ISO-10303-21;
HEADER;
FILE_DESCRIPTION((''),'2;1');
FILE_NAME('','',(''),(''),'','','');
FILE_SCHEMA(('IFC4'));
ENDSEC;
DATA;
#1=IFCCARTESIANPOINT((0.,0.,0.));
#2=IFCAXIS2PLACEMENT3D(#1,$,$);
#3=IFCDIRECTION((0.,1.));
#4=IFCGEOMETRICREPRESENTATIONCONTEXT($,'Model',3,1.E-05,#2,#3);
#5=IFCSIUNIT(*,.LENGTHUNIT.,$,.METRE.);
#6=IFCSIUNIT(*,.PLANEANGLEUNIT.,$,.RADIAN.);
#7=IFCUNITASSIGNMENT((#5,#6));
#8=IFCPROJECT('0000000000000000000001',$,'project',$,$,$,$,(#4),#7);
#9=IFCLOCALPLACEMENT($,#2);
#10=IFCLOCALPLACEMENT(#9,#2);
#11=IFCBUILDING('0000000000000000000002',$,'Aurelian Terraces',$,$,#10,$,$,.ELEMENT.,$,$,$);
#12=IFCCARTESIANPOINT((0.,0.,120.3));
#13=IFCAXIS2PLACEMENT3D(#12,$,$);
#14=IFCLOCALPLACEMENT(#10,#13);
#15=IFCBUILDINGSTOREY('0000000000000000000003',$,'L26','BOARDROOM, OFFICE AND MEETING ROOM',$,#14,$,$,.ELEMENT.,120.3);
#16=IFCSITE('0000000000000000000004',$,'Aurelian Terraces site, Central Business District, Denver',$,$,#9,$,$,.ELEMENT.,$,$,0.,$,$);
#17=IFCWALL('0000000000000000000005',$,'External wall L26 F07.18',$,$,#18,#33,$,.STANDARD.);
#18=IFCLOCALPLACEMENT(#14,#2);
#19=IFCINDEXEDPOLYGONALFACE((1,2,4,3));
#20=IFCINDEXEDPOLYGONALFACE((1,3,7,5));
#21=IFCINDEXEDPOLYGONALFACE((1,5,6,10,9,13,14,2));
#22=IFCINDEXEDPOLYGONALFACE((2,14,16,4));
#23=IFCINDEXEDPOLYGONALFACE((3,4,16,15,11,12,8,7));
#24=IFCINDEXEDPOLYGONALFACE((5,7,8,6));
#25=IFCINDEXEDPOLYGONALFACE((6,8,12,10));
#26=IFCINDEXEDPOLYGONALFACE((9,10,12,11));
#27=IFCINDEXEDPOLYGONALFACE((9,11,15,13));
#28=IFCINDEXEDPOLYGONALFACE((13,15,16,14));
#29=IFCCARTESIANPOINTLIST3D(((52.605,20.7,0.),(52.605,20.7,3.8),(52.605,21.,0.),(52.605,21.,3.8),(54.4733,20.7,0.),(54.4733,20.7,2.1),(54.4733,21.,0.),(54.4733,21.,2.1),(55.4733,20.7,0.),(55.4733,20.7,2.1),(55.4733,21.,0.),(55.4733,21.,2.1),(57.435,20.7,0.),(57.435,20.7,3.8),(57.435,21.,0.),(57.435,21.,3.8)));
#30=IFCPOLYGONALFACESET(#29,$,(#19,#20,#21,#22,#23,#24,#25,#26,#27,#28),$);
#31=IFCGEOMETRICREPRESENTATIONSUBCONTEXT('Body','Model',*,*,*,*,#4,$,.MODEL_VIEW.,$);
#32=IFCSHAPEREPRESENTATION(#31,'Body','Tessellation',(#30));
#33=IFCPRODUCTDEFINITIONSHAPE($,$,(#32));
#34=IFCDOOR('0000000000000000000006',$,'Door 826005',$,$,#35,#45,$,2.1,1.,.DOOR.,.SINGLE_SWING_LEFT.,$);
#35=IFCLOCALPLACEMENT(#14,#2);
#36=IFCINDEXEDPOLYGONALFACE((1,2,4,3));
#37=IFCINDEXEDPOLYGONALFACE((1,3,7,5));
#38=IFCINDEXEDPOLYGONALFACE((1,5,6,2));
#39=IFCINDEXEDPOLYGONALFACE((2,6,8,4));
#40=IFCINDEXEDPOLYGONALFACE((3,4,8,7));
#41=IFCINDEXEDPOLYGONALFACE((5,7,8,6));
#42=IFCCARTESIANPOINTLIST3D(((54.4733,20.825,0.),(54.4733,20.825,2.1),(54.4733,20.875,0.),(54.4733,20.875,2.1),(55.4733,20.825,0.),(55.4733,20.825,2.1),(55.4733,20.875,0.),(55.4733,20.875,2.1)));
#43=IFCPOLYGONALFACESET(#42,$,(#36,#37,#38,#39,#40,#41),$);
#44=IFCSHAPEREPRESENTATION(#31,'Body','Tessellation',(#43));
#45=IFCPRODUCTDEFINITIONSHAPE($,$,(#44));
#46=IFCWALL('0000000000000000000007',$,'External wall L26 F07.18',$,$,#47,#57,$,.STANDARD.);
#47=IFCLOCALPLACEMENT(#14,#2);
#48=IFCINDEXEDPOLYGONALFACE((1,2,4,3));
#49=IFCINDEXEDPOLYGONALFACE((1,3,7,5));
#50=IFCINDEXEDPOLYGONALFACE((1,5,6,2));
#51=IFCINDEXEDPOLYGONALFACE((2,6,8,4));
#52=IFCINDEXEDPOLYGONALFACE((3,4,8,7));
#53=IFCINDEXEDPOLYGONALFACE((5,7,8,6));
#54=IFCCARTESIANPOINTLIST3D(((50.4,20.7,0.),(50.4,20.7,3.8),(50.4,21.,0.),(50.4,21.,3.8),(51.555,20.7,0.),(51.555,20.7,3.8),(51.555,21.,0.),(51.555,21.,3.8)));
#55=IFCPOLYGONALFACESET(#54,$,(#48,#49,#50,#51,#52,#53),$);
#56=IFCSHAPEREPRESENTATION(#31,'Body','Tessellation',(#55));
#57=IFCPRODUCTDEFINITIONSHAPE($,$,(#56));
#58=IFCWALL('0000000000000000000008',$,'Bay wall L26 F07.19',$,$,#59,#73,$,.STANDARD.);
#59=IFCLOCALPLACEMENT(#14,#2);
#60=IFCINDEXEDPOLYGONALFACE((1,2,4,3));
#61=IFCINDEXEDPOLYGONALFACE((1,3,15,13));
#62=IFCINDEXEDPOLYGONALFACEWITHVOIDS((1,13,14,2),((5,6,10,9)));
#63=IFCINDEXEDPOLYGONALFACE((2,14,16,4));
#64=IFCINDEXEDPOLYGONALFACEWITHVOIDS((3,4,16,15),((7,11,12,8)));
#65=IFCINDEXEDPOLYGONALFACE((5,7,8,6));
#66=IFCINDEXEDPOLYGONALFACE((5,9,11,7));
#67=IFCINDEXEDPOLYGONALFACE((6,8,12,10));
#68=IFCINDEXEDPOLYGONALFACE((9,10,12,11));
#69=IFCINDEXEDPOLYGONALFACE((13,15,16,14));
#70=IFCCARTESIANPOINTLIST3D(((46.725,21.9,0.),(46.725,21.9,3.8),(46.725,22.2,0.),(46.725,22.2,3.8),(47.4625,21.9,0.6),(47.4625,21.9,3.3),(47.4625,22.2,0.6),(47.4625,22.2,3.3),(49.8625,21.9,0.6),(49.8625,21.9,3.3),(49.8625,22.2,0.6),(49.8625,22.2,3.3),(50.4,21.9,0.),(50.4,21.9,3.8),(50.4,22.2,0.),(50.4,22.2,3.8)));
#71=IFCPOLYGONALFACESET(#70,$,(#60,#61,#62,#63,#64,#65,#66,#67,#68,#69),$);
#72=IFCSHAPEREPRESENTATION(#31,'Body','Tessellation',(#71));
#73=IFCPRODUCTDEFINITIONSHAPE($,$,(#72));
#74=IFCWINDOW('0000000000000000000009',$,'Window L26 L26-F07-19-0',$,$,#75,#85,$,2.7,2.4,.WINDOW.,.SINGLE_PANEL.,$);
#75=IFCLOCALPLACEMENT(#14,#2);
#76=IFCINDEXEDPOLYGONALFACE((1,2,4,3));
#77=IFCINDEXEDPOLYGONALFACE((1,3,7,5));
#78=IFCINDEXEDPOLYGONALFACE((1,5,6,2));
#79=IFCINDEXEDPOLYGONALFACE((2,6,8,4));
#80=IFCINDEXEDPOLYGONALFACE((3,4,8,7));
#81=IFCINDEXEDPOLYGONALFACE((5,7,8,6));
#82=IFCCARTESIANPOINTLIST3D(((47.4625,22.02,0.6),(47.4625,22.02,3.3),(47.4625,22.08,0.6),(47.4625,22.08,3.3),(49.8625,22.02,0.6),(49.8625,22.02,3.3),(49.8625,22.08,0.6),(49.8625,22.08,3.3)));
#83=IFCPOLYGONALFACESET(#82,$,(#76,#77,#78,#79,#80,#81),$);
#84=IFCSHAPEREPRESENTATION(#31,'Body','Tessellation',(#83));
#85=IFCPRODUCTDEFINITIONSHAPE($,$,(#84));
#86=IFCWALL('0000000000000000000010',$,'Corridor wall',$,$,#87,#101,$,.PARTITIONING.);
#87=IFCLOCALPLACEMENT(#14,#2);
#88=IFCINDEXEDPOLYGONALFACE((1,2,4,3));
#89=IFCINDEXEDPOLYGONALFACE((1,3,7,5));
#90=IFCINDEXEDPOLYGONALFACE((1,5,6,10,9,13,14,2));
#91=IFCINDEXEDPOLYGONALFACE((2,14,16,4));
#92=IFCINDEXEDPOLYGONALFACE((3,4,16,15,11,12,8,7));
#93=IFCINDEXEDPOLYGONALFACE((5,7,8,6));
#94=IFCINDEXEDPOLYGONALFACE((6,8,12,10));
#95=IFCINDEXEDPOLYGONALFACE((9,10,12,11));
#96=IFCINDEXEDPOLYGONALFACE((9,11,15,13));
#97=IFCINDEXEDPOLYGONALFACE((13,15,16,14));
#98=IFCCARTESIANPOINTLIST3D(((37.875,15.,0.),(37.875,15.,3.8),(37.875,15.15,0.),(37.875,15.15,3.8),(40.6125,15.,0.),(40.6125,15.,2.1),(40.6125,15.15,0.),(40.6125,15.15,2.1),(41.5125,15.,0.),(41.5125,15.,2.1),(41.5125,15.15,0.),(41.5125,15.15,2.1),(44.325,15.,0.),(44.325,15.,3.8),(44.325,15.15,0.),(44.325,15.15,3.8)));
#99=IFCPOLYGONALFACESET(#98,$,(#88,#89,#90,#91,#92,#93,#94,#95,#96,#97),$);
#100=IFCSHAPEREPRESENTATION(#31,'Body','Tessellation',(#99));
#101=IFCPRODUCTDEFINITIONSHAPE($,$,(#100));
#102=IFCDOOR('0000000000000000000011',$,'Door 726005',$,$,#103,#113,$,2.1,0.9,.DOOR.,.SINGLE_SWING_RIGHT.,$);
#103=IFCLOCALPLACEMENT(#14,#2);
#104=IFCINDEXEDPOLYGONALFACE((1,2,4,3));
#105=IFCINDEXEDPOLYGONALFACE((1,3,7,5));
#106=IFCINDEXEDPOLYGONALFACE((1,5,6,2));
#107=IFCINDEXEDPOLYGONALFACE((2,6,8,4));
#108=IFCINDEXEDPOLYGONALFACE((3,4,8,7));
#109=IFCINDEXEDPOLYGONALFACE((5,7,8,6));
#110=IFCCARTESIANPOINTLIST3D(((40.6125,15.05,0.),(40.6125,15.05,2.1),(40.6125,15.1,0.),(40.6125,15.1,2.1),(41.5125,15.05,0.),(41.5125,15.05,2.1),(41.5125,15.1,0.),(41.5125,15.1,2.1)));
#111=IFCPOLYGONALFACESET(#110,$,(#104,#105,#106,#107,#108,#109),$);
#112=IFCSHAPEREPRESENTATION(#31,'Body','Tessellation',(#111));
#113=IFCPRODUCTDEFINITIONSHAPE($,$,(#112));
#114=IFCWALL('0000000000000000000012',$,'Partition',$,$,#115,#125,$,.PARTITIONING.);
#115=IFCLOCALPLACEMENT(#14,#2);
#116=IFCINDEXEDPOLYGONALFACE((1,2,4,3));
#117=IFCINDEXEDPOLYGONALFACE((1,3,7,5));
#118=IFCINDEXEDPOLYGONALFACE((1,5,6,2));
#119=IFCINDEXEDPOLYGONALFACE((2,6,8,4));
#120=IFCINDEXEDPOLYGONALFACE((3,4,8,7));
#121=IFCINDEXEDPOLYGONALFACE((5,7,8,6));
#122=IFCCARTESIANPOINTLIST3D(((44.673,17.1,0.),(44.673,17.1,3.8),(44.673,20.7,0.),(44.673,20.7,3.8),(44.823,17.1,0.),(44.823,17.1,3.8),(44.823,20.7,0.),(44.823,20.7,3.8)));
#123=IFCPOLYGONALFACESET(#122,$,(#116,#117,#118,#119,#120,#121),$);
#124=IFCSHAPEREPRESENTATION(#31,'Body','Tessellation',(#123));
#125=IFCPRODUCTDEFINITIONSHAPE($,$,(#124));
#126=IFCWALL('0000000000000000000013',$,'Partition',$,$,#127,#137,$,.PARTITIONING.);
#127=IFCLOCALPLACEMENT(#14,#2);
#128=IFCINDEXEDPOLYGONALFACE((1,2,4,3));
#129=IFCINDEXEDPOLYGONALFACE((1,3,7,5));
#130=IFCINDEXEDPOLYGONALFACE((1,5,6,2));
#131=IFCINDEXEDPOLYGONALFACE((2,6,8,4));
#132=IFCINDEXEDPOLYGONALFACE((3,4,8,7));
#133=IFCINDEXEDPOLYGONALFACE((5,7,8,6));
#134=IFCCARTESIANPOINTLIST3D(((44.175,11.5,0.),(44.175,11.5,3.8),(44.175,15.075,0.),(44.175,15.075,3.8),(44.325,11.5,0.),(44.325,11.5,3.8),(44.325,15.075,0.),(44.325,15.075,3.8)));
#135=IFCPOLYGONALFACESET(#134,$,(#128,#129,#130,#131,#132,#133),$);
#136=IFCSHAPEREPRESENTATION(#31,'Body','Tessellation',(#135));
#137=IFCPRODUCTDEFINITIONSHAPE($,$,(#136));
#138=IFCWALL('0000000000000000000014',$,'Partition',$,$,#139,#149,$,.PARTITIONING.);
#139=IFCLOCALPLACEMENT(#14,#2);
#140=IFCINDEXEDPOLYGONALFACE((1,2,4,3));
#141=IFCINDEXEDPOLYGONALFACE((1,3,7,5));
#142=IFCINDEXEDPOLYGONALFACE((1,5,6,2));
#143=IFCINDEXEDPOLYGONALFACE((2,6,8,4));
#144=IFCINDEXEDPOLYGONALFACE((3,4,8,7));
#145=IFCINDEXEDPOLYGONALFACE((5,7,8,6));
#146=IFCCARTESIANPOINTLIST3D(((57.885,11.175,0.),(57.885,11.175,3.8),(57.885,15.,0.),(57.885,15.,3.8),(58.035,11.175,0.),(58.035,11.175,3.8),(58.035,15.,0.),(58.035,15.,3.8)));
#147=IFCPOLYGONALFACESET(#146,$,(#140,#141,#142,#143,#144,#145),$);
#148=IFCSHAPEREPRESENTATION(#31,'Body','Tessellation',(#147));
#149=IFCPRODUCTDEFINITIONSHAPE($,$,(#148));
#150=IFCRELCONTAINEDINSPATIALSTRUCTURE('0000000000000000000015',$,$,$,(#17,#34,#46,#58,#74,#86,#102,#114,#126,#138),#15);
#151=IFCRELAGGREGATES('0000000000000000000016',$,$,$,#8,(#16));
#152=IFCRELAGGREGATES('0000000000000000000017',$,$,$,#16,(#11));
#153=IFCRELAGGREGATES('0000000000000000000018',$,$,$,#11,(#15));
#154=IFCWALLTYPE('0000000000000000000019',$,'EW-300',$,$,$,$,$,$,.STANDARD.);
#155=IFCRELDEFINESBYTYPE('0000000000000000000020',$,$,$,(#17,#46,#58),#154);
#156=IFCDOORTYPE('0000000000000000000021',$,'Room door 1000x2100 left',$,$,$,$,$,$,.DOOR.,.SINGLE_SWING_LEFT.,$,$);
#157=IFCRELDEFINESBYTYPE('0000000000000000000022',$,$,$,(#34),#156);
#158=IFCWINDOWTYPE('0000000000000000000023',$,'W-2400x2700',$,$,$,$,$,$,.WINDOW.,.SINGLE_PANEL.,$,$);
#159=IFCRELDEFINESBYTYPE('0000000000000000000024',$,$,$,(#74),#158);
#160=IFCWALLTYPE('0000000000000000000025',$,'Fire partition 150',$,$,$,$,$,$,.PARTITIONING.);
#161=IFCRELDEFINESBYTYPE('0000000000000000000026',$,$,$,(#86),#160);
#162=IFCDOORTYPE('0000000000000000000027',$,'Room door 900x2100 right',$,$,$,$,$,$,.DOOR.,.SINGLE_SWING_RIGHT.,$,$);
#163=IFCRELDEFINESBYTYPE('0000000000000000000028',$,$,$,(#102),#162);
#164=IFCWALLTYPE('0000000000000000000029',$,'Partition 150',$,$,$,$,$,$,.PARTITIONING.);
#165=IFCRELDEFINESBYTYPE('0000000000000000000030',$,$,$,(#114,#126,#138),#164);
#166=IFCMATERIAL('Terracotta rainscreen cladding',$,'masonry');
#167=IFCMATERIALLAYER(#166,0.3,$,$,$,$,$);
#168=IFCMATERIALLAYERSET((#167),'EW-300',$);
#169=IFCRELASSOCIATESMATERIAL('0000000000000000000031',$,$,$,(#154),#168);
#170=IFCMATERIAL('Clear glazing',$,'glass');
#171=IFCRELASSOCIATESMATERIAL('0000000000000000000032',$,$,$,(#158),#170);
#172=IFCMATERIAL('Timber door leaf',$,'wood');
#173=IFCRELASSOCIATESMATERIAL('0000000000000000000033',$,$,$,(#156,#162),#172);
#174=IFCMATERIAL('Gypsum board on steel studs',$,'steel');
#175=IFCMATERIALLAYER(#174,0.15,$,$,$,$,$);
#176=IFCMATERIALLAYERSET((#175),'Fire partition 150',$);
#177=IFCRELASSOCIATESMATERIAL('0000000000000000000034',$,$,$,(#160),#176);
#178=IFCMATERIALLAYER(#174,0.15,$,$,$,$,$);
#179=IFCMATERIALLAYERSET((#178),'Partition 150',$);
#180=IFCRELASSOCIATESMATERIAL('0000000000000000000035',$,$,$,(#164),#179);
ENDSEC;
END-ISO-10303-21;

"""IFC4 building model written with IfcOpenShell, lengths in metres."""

from ifc_helpers import new_model, si_unit, direction, frame, frame_2d, origin, place, context, subcontext, project, spatial, rectangle, extrude, source, transform, mapped, material, layer, layer_set, type_object, element, fill, save


model = new_model("IFC4")

# Units and contexts
model_context = context("Model", 3, precision=1e-05, world=origin(), true_north=direction((0.0, 1.0)))
body_context = subcontext(model_context, "Body", "Model", "MODEL_VIEW")
ifc_project = project(units=[si_unit("LENGTHUNIT", "METRE"), si_unit("PLANEANGLEUNIT", "RADIAN")], contexts=[model_context])

# Site, building, storey
site_placement = place(None, origin())
site = spatial("IfcSite", under=ifc_project, at=site_placement, Name="Aurelian Terraces site, Central Business District, Denver", CompositionType="ELEMENT", RefElevation=0.0)
building_placement = place(site_placement, origin())
building = spatial("IfcBuilding", under=site, at=building_placement, Name="Aurelian Terraces", CompositionType="ELEMENT")
storey_placement = place(building_placement, frame((0.0, 0.0, 120.3)))
storey = spatial("IfcBuildingStorey", under=building, at=storey_placement, Name="L26", Description="BOARDROOM, OFFICE AND MEETING ROOM", CompositionType="ELEMENT", Elevation=120.3)

# Shared definitions
ifc_material_1 = material(Name="Terracotta rainscreen cladding", Category="masonry")
ifc_layer_1 = layer(ifc_material_1, 0.3)
ifc_layer_set_1 = layer_set([ifc_layer_1], Name="EW-300")
wall_type_1 = type_object("IfcWallType", Name="EW-300", PredefinedType="STANDARD", material=ifc_layer_set_1)

# Shared definitions
ifc_material_2 = material(Name="Clear glazing", Category="glass")
window_type_1 = type_object("IfcWindowType", Name="W-2400x2700", PartitioningType="SINGLE_PANEL", PredefinedType="WINDOW", material=ifc_material_2)
shared_shape_1 = source(origin(), body_context, "Body", "SweptSolid", [
    extrude(rectangle(XDim=2.4, YDim=2.7, at=frame_2d((1.2, 1.35))), frame((0.0, 0.03, 0.0), z_axis=(0.0, -1.0, 0.0), x_axis=(1.0, 0.0, 0.0)), (0.0, 0.0, 1.0), 0.06),
])

# Shared definitions
shared_shape_2 = source(origin(), body_context, "Body", "SweptSolid", [
    extrude(rectangle(XDim=1.0, YDim=2.1, at=frame_2d((0.5, 1.05))), frame((0.0, 0.16, 0.0), z_axis=(0.0, -1.0, 0.0), x_axis=(1.0, 0.0, 0.0)), (0.0, 0.0, 1.0), 0.32),
])
ifc_material_3 = material(Name="Timber door leaf", Category="wood")
door_type_1 = type_object("IfcDoorType", Name="Room door 1000x2100 left", OperationType="SINGLE_SWING_LEFT", PredefinedType="DOOR", material=ifc_material_3)
shared_shape_3 = source(origin(), body_context, "Body", "SweptSolid", [
    extrude(rectangle(XDim=1.0, YDim=2.1, at=frame_2d((0.5, 1.05))), frame((0.0, 0.025, 0.0), z_axis=(0.0, -1.0, 0.0), x_axis=(1.0, 0.0, 0.0)), (0.0, 0.0, 1.0), 0.05),
])

# Wall, opening, door
shared_shape_4 = source(origin(), body_context, "Body", "SweptSolid", [
    extrude(rectangle(XDim=4.83, YDim=0.3, at=frame_2d((2.415, 0.0))), origin(), (0.0, 0.0, 1.0), 3.8),
])
wall_1_placement = place(storey_placement, frame((57.435, 20.85, 0.0), z_axis=(0.0, 0.0, 1.0), x_axis=(-1.0, 0.0, 0.0)))
wall_1 = element("IfcWall", 1, at=wall_1_placement, inside=storey, type_object=wall_type_1, Name="External wall L26 F07.18", PredefinedType="STANDARD", context=body_context, shape_type="MappedRepresentation", body=[
    mapped(shared_shape_4, transform((0.0, 0.0, 0.0), scale=1.0)),
])
opening_1_placement = place(wall_1_placement, frame((1.9617, 0.0, 0.0)))
opening_1 = element("IfcOpeningElement", 2, at=opening_1_placement, cuts=wall_1, PredefinedType="OPENING", context=body_context, shape_type="MappedRepresentation", body=[
    mapped(shared_shape_2, transform((0.0, 0.0, 0.0), scale=1.0)),
])
door_1_placement = place(opening_1_placement, origin())
door_1 = element("IfcDoor", 3, at=door_1_placement, inside=storey, type_object=door_type_1, Name="Door 826005", OperationType="SINGLE_SWING_LEFT", OverallHeight=2.1, OverallWidth=1.0, PredefinedType="DOOR", context=body_context, shape_type="MappedRepresentation", body=[
    mapped(shared_shape_3, transform((0.0, 0.0, 0.0), scale=1.0)),
])
fill(opening_1, door_1)

# Wall
shared_shape_5 = source(origin(), body_context, "Body", "SweptSolid", [
    extrude(rectangle(XDim=1.155, YDim=0.3, at=frame_2d((0.5775, 0.0))), origin(), (0.0, 0.0, 1.0), 3.8),
])
wall_2_placement = place(storey_placement, frame((51.555, 20.85, 0.0), z_axis=(0.0, 0.0, 1.0), x_axis=(-1.0, 0.0, 0.0)))
element("IfcWall", 4, at=wall_2_placement, inside=storey, type_object=wall_type_1, Name="External wall L26 F07.18", PredefinedType="STANDARD", context=body_context, shape_type="MappedRepresentation", body=[
    mapped(shared_shape_5, transform((0.0, 0.0, 0.0), scale=1.0)),
])

# Wall, opening, window
shared_shape_6 = source(origin(), body_context, "Body", "SweptSolid", [
    extrude(rectangle(XDim=3.675, YDim=0.3, at=frame_2d((1.8375, 0.0))), origin(), (0.0, 0.0, 1.0), 3.8),
])
wall_3_placement = place(storey_placement, frame((50.4, 22.05, 0.0), z_axis=(0.0, 0.0, 1.0), x_axis=(-1.0, 0.0, 0.0)))
wall_3 = element("IfcWall", 5, at=wall_3_placement, inside=storey, type_object=wall_type_1, Name="Bay wall L26 F07.19", PredefinedType="STANDARD", context=body_context, shape_type="MappedRepresentation", body=[
    mapped(shared_shape_6, transform((0.0, 0.0, 0.0), scale=1.0)),
])
shared_shape_7 = source(origin(), body_context, "Body", "SweptSolid", [
    extrude(rectangle(XDim=2.4, YDim=2.7, at=frame_2d((1.2, 1.35))), frame((0.0, 0.16, 0.0), z_axis=(0.0, -1.0, 0.0), x_axis=(1.0, 0.0, 0.0)), (0.0, 0.0, 1.0), 0.32),
])
opening_2_placement = place(wall_3_placement, frame((0.5375, 0.0, 0.6)))
opening_2 = element("IfcOpeningElement", 6, at=opening_2_placement, cuts=wall_3, PredefinedType="OPENING", context=body_context, shape_type="MappedRepresentation", body=[
    mapped(shared_shape_7, transform((0.0, 0.0, 0.0), scale=1.0)),
])
window_1_placement = place(opening_2_placement, origin())
window_1 = element("IfcWindow", 7, at=window_1_placement, inside=storey, type_object=window_type_1, Name="Window L26 L26-F07-19-0", OverallHeight=2.7, OverallWidth=2.4, PartitioningType="SINGLE_PANEL", PredefinedType="WINDOW", context=body_context, shape_type="MappedRepresentation", body=[
    mapped(shared_shape_1, transform((0.0, 0.0, 0.0), scale=1.0)),
])
fill(opening_2, window_1)

# Wall, opening, door
ifc_material_4 = material(Name="Gypsum board on steel studs", Category="steel")
ifc_layer_2 = layer(ifc_material_4, 0.15)
ifc_layer_set_2 = layer_set([ifc_layer_2], Name="Fire partition 150")
wall_type_2 = type_object("IfcWallType", Name="Fire partition 150", PredefinedType="PARTITIONING", material=ifc_layer_set_2)
shared_shape_8 = source(origin(), body_context, "Body", "SweptSolid", [
    extrude(rectangle(XDim=6.45, YDim=0.15, at=frame_2d((3.225, 0.0))), origin(), (0.0, 0.0, 1.0), 3.8),
])
wall_4_placement = place(storey_placement, frame((44.325, 15.075, 0.0), z_axis=(0.0, 0.0, 1.0), x_axis=(-1.0, 0.0, 0.0)))
wall_4 = element("IfcWall", 8, at=wall_4_placement, inside=storey, type_object=wall_type_2, Name="Corridor wall", PredefinedType="PARTITIONING", context=body_context, shape_type="MappedRepresentation", body=[
    mapped(shared_shape_8, transform((0.0, 0.0, 0.0), scale=1.0)),
])
shared_shape_9 = source(origin(), body_context, "Body", "SweptSolid", [
    extrude(rectangle(XDim=0.9, YDim=2.1, at=frame_2d((0.45, 1.05))), frame((0.0, 0.085, 0.0), z_axis=(0.0, -1.0, 0.0), x_axis=(1.0, 0.0, 0.0)), (0.0, 0.0, 1.0), 0.17),
])
opening_3_placement = place(wall_4_placement, frame((2.8125, 0.0, 0.0)))
opening_3 = element("IfcOpeningElement", 9, at=opening_3_placement, cuts=wall_4, PredefinedType="OPENING", context=body_context, shape_type="MappedRepresentation", body=[
    mapped(shared_shape_9, transform((0.0, 0.0, 0.0), scale=1.0)),
])
door_type_2 = type_object("IfcDoorType", Name="Room door 900x2100 right", OperationType="SINGLE_SWING_RIGHT", PredefinedType="DOOR", material=ifc_material_3)
shared_shape_10 = source(origin(), body_context, "Body", "SweptSolid", [
    extrude(rectangle(XDim=0.9, YDim=2.1, at=frame_2d((0.45, 1.05))), frame((0.0, 0.025, 0.0), z_axis=(0.0, -1.0, 0.0), x_axis=(1.0, 0.0, 0.0)), (0.0, 0.0, 1.0), 0.05),
])
door_2_placement = place(opening_3_placement, origin())
door_2 = element("IfcDoor", 10, at=door_2_placement, inside=storey, type_object=door_type_2, Name="Door 726005", OperationType="SINGLE_SWING_RIGHT", OverallHeight=2.1, OverallWidth=0.9, PredefinedType="DOOR", context=body_context, shape_type="MappedRepresentation", body=[
    mapped(shared_shape_10, transform((0.0, 0.0, 0.0), scale=1.0)),
])
fill(opening_3, door_2)

# Walls
ifc_layer_3 = layer(ifc_material_4, 0.15)
ifc_layer_set_3 = layer_set([ifc_layer_3], Name="Partition 150")
wall_type_3 = type_object("IfcWallType", Name="Partition 150", PredefinedType="PARTITIONING", material=ifc_layer_set_3)
shared_shape_11 = source(origin(), body_context, "Body", "SweptSolid", [
    extrude(rectangle(XDim=3.6, YDim=0.15, at=frame_2d((1.8, 0.0))), origin(), (0.0, 0.0, 1.0), 3.8),
])
wall_5_placement = place(storey_placement, frame((44.748, 20.7, 0.0), z_axis=(0.0, 0.0, 1.0), x_axis=(0.0, -1.0, 0.0)))
element("IfcWall", 11, at=wall_5_placement, inside=storey, type_object=wall_type_3, Name="Partition", PredefinedType="PARTITIONING", context=body_context, shape_type="MappedRepresentation", body=[
    mapped(shared_shape_11, transform((0.0, 0.0, 0.0), scale=1.0)),
])
shared_shape_12 = source(origin(), body_context, "Body", "SweptSolid", [
    extrude(rectangle(XDim=3.575, YDim=0.15, at=frame_2d((1.7875, 0.0))), origin(), (0.0, 0.0, 1.0), 3.8),
])
wall_6_placement = place(storey_placement, frame((44.25, 11.5, 0.0), z_axis=(0.0, 0.0, 1.0), x_axis=(0.0, 1.0, 0.0)))
element("IfcWall", 12, at=wall_6_placement, inside=storey, type_object=wall_type_3, Name="Partition", PredefinedType="PARTITIONING", context=body_context, shape_type="MappedRepresentation", body=[
    mapped(shared_shape_12, transform((0.0, 0.0, 0.0), scale=1.0)),
])
shared_shape_13 = source(origin(), body_context, "Body", "SweptSolid", [
    extrude(rectangle(XDim=3.825, YDim=0.15, at=frame_2d((1.9125, 0.0))), origin(), (0.0, 0.0, 1.0), 3.8),
])
wall_7_placement = place(storey_placement, frame((57.96, 11.175, 0.0), z_axis=(0.0, 0.0, 1.0), x_axis=(0.0, 1.0, 0.0)))
element("IfcWall", 13, at=wall_7_placement, inside=storey, type_object=wall_type_3, Name="Partition", PredefinedType="PARTITIONING", context=body_context, shape_type="MappedRepresentation", body=[
    mapped(shared_shape_13, transform((0.0, 0.0, 0.0), scale=1.0)),
])

save(model, "model.ifc")
